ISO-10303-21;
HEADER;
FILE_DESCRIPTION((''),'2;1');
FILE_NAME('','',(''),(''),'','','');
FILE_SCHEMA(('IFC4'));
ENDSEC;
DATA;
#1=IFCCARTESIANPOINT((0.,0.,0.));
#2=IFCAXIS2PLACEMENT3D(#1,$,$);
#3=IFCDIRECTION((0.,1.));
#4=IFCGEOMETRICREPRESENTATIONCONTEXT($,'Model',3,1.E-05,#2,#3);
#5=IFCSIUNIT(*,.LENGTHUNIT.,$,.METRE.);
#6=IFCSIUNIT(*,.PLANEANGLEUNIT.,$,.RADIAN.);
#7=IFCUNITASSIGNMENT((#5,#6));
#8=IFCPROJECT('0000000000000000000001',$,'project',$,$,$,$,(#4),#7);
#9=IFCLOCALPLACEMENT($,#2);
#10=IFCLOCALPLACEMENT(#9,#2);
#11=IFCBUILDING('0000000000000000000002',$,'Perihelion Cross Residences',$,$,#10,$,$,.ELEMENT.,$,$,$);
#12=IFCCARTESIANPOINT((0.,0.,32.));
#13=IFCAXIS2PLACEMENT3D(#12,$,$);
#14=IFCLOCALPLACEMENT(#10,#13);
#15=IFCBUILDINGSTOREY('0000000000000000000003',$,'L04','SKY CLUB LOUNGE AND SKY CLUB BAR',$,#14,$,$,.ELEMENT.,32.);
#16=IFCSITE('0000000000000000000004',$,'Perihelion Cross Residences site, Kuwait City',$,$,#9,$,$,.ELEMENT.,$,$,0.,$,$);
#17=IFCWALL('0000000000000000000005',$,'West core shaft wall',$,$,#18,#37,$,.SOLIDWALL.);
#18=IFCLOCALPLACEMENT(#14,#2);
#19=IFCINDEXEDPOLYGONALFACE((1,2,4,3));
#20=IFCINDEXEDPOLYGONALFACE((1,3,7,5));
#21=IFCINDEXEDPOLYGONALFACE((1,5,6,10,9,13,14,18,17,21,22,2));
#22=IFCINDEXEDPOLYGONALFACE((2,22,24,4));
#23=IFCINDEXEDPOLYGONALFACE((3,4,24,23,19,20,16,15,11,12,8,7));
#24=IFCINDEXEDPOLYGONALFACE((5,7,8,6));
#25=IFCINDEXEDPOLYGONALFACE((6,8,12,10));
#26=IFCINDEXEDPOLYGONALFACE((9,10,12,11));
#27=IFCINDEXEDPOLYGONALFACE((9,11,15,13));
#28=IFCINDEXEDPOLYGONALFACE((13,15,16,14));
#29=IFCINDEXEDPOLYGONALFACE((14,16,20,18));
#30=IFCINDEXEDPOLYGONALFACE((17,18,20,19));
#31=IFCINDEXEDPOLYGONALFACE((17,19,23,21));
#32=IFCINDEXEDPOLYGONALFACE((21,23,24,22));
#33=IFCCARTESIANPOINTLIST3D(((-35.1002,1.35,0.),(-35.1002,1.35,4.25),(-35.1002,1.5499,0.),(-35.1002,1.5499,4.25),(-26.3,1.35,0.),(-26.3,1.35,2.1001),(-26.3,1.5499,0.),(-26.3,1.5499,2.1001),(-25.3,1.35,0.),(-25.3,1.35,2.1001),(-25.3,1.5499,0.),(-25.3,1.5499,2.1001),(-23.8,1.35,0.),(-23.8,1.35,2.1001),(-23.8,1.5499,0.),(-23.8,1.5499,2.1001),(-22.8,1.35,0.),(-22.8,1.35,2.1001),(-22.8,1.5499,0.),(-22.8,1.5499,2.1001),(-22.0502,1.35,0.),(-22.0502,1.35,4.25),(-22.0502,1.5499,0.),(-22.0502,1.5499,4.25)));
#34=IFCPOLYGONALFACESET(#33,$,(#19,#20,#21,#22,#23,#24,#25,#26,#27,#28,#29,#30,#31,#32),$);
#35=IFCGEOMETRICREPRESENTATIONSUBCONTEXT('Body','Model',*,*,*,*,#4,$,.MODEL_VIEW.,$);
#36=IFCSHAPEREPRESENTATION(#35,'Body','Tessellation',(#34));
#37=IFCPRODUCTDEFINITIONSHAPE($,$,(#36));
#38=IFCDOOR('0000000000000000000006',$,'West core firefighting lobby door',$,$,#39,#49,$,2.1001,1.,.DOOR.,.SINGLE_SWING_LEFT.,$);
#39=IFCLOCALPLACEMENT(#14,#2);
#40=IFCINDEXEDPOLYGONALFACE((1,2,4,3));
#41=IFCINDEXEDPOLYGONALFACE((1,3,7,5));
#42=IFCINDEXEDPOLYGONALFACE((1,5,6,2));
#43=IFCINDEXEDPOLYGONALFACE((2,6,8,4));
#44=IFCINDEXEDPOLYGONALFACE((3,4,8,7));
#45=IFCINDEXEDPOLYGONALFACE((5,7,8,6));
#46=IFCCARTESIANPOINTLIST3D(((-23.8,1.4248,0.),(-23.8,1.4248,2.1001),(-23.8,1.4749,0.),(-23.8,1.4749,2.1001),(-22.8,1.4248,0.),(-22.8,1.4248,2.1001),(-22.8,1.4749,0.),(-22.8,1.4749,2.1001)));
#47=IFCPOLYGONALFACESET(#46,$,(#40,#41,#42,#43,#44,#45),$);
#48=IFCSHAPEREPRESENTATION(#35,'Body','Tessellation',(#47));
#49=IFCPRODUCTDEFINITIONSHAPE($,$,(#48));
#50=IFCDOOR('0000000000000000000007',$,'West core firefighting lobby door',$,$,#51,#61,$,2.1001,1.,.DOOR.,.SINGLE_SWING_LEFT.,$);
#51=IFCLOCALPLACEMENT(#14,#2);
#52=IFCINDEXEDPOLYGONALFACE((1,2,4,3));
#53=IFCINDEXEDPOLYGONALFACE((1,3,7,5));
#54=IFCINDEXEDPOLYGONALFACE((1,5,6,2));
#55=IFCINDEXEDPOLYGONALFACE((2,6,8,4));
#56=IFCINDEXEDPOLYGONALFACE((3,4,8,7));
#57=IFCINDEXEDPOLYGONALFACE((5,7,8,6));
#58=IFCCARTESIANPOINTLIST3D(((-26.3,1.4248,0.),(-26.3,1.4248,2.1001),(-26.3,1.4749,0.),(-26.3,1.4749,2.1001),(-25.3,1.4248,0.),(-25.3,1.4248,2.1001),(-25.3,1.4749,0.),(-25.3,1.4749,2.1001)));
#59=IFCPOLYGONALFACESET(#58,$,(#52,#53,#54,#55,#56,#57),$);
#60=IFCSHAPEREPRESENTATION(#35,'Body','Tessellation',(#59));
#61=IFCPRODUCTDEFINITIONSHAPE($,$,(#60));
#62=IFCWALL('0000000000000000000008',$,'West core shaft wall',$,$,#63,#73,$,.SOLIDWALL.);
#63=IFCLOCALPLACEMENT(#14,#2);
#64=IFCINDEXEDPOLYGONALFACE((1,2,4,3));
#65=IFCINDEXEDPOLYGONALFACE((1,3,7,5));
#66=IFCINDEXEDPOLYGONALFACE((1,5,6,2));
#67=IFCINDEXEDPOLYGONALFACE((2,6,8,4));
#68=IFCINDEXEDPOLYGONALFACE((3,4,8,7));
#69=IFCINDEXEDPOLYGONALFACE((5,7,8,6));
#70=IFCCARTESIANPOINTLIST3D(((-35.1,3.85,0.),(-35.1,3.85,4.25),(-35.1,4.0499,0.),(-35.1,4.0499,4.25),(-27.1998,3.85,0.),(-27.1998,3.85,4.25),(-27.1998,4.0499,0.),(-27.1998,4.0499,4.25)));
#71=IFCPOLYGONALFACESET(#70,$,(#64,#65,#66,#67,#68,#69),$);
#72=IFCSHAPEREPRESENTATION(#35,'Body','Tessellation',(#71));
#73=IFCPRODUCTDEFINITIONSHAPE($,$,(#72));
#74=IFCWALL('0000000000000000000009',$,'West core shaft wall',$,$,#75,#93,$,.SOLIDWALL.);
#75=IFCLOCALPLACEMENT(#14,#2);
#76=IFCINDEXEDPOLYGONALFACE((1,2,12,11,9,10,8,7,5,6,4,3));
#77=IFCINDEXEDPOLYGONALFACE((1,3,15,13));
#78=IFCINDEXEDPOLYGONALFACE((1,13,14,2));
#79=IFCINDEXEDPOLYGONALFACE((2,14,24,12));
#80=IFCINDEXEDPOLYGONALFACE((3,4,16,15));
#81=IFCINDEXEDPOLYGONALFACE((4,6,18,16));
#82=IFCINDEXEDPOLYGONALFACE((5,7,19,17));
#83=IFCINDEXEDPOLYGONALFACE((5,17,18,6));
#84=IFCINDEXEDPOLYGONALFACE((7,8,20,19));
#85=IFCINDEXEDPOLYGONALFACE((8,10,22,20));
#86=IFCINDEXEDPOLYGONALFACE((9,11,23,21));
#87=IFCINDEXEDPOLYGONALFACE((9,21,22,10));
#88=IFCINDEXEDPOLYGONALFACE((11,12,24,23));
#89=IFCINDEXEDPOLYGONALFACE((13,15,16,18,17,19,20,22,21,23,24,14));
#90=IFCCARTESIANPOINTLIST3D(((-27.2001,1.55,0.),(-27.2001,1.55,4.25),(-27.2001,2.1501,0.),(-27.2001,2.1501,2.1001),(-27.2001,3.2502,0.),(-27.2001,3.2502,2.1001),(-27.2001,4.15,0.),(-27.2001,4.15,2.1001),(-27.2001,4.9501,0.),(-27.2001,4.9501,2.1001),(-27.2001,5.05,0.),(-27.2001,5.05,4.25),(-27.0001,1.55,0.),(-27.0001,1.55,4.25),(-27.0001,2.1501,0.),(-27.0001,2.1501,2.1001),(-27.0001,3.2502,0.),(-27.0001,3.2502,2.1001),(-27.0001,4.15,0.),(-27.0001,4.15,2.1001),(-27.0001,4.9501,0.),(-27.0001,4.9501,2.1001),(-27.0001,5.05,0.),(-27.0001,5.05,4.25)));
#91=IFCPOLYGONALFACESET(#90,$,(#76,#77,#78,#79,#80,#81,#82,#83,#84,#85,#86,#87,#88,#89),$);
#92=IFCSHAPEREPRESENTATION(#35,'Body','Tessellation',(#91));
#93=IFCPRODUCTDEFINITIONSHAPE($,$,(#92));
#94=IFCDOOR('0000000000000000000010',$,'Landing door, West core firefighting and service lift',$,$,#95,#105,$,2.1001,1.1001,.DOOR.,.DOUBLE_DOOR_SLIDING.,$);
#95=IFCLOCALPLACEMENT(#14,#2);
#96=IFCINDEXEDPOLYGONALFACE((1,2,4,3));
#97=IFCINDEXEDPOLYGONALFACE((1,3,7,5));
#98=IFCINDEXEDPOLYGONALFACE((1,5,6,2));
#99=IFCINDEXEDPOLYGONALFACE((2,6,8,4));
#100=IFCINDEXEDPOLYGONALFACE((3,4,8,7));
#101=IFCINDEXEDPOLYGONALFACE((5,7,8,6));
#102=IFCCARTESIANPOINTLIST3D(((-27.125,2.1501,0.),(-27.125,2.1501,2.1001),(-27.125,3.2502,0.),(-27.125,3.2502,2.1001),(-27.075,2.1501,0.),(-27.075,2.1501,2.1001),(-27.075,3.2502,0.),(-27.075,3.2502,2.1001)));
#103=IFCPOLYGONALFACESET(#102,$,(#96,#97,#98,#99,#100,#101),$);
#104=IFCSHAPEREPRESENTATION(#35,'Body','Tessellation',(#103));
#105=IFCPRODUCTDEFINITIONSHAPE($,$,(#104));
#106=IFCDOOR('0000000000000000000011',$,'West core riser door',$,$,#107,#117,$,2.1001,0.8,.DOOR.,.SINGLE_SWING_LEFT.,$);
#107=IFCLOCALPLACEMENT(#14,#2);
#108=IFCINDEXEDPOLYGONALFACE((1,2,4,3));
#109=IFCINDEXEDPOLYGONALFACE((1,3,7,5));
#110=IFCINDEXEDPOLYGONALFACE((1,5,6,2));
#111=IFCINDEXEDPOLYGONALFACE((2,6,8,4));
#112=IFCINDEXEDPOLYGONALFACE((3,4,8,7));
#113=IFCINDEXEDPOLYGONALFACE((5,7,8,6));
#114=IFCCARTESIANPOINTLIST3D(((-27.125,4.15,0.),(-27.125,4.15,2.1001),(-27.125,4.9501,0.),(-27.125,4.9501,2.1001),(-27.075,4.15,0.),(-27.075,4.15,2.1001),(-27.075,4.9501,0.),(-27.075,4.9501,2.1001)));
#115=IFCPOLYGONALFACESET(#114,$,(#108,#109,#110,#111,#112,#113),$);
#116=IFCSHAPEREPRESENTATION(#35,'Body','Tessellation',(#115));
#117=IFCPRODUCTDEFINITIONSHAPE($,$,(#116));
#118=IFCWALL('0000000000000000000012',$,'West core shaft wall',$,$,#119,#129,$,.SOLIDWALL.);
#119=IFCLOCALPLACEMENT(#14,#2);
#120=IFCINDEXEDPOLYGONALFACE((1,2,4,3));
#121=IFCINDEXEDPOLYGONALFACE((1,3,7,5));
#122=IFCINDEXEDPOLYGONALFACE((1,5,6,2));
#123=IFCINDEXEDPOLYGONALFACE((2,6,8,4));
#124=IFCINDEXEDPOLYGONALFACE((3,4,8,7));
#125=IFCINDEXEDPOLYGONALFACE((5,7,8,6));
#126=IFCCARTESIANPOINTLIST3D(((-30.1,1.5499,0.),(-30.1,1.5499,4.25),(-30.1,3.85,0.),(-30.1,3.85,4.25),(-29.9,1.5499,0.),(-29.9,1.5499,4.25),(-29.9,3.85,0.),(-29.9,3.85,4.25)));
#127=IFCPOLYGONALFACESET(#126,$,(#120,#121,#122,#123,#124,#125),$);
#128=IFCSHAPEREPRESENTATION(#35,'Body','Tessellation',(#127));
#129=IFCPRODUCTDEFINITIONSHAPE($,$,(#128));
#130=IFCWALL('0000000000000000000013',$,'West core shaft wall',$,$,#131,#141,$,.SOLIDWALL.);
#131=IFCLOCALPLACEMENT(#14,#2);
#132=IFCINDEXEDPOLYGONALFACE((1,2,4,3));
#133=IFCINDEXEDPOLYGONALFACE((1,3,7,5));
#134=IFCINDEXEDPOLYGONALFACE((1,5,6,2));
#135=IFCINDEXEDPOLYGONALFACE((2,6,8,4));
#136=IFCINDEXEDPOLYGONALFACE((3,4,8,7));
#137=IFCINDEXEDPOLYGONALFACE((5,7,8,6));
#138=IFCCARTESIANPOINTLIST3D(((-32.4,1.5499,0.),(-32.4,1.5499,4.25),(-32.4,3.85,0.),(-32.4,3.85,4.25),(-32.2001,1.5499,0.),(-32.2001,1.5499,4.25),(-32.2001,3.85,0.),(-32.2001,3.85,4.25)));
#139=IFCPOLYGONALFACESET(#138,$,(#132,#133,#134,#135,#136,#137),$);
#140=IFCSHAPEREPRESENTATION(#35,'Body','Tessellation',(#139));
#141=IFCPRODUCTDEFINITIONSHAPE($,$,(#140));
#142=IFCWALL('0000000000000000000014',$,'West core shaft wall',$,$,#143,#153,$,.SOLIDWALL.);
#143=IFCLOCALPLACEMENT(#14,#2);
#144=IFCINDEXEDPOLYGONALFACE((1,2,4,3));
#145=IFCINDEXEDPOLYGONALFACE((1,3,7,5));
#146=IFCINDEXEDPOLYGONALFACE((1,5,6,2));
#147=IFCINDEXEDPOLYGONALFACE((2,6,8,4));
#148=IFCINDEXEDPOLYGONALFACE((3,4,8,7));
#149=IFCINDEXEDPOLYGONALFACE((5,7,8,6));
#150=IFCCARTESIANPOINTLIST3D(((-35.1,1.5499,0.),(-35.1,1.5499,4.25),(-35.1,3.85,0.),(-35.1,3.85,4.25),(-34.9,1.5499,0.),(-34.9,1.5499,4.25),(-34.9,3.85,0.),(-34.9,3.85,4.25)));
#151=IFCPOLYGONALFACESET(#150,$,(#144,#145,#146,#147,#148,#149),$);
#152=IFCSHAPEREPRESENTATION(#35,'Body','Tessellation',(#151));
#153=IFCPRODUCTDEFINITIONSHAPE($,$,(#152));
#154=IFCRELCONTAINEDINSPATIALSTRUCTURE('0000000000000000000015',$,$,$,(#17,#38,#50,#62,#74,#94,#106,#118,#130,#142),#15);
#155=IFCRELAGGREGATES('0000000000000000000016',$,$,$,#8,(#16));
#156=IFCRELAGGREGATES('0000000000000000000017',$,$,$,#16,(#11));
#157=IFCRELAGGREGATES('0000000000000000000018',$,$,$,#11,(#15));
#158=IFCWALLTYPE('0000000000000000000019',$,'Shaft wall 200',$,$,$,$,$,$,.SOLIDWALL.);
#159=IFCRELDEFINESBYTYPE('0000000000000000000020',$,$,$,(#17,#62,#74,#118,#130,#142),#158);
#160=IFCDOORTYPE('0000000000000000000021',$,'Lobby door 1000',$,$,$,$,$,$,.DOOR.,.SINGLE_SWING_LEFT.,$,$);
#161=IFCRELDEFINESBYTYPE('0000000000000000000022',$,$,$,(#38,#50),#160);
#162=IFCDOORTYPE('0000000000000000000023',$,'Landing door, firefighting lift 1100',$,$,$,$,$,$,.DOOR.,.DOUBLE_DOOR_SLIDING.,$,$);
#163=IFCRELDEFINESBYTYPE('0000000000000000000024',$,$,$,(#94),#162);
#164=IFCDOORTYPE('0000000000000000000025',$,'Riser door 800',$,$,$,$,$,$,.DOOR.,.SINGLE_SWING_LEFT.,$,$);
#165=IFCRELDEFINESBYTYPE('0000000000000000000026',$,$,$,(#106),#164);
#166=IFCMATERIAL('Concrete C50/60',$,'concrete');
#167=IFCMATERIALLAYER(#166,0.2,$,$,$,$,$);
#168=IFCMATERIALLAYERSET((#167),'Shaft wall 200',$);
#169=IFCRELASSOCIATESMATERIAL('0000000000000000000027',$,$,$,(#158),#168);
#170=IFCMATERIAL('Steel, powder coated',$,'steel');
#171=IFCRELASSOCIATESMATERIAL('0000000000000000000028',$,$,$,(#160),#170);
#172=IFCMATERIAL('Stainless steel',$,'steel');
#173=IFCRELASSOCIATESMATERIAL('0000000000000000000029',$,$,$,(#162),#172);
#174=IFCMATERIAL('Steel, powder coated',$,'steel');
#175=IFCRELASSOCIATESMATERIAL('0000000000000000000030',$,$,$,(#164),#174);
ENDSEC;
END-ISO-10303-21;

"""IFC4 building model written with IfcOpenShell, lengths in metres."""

from ifc_helpers import new_model, si_unit, direction, frame, frame_2d, origin, place, context, subcontext, project, spatial, rectangle, extrude, material, layer, layer_set, type_object, element, fill, save


model = new_model("IFC4")

# Units and contexts
model_context = context("Model", 3, precision=1e-05, world=origin(), true_north=direction((0.0, 1.0)))
body_context = subcontext(model_context, "Body", "Model", "MODEL_VIEW")
ifc_project = project(units=[si_unit("LENGTHUNIT", "METRE"), si_unit("PLANEANGLEUNIT", "RADIAN")], contexts=[model_context])

# Site, building, storey
site_placement = place(None, origin())
site = spatial("IfcSite", under=ifc_project, at=site_placement, Name="Perihelion Cross Residences site, Kuwait City", CompositionType="ELEMENT", RefElevation=0.0)
building_placement = place(site_placement, origin())
building = spatial("IfcBuilding", under=site, at=building_placement, Name="Perihelion Cross Residences", CompositionType="ELEMENT")
storey_placement = place(building_placement, frame((0.0, 0.0, 32.0)))
storey = spatial("IfcBuildingStorey", under=building, at=storey_placement, Name="L04", Description="SKY CLUB LOUNGE AND SKY CLUB BAR", CompositionType="ELEMENT", Elevation=32.0)

# Wall, openings, doors
ifc_material_1 = material(Name="Concrete C50/60", Category="concrete")
ifc_layer_1 = layer(ifc_material_1, 0.2)
ifc_layer_set_1 = layer_set([ifc_layer_1], Name="Shaft wall 200")
wall_type_1 = type_object("IfcWallType", Name="Shaft wall 200", PredefinedType="SOLIDWALL", material=ifc_layer_set_1)
wall_1_placement = place(storey_placement, frame((-35.1001, 1.45, 0.0), z_axis=(0.0, 0.0, 1.0), x_axis=(1.0, 0.0, 0.0)))
wall_1 = element("IfcWall", 1, at=wall_1_placement, inside=storey, type_object=wall_type_1, Name="West core shaft wall", PredefinedType="SOLIDWALL", context=body_context, shape_type="SweptSolid", body=[
    extrude(rectangle(XDim=13.05, YDim=0.2, at=frame_2d((6.5249, 0.0))), origin(), (0.0, 0.0, 1.0), 4.25),
])
opening_1_placement = place(wall_1_placement, frame((11.3, 0.0, 0.0)))
opening_1 = element("IfcOpeningElement", 2, at=opening_1_placement, cuts=wall_1, PredefinedType="OPENING", context=body_context, shape_type="SweptSolid", body=[
    extrude(rectangle(XDim=1.0, YDim=2.1001, at=frame_2d((0.5, 1.05))), frame((0.0, 0.1099, 0.0), z_axis=(0.0, -1.0, 0.0), x_axis=(1.0, 0.0, 0.0)), (0.0, 0.0, 1.0), 0.22),
])
opening_2_placement = place(wall_1_placement, frame((8.8, 0.0, 0.0)))
opening_2 = element("IfcOpeningElement", 3, at=opening_2_placement, cuts=wall_1, PredefinedType="OPENING", context=body_context, shape_type="SweptSolid", body=[
    extrude(rectangle(XDim=1.0, YDim=2.1001, at=frame_2d((0.5, 1.05))), frame((0.0, 0.1099, 0.0), z_axis=(0.0, -1.0, 0.0), x_axis=(1.0, 0.0, 0.0)), (0.0, 0.0, 1.0), 0.22),
])
ifc_material_2 = material(Name="Steel, powder coated", Category="steel")
door_type_1 = type_object("IfcDoorType", Name="Lobby door 1000", OperationType="SINGLE_SWING_LEFT", PredefinedType="DOOR", material=ifc_material_2)
door_1_placement = place(opening_1_placement, origin())
door_1 = element("IfcDoor", 4, at=door_1_placement, inside=storey, type_object=door_type_1, Name="West core firefighting lobby door", OperationType="SINGLE_SWING_LEFT", OverallHeight=2.1001, OverallWidth=1.0, PredefinedType="DOOR", context=body_context, shape_type="SweptSolid", body=[
    extrude(rectangle(XDim=1.0, YDim=2.1001, at=frame_2d((0.5, 1.05))), frame((0.0, 0.0249, 0.0), z_axis=(0.0, -1.0, 0.0), x_axis=(1.0, 0.0, 0.0)), (0.0, 0.0, 1.0), 0.05),
])
fill(opening_1, door_1)
door_2_placement = place(opening_2_placement, origin())
door_2 = element("IfcDoor", 5, at=door_2_placement, inside=storey, type_object=door_type_1, Name="West core firefighting lobby door", OperationType="SINGLE_SWING_LEFT", OverallHeight=2.1001, OverallWidth=1.0, PredefinedType="DOOR", context=body_context, shape_type="SweptSolid", body=[
    extrude(rectangle(XDim=1.0, YDim=2.1001, at=frame_2d((0.5, 1.05))), frame((0.0, 0.0249, 0.0), z_axis=(0.0, -1.0, 0.0), x_axis=(1.0, 0.0, 0.0)), (0.0, 0.0, 1.0), 0.05),
])
fill(opening_2, door_2)

# Wall
wall_2_placement = place(storey_placement, frame((-35.1001, 3.95, 0.0), z_axis=(0.0, 0.0, 1.0), x_axis=(1.0, 0.0, 0.0)))
element("IfcWall", 6, at=wall_2_placement, inside=storey, type_object=wall_type_1, Name="West core shaft wall", PredefinedType="SOLIDWALL", context=body_context, shape_type="SweptSolid", body=[
    extrude(rectangle(XDim=7.9001, YDim=0.2, at=frame_2d((3.9502, 0.0))), origin(), (0.0, 0.0, 1.0), 4.25),
])

# Wall, openings, doors
wall_3_placement = place(storey_placement, frame((-27.1001, 1.55, 0.0), z_axis=(0.0, 0.0, 1.0), x_axis=(0.0, 1.0, 0.0)))
wall_3 = element("IfcWall", 7, at=wall_3_placement, inside=storey, type_object=wall_type_1, Name="West core shaft wall", PredefinedType="SOLIDWALL", context=body_context, shape_type="SweptSolid", body=[
    extrude(rectangle(XDim=3.5, YDim=0.2, at=frame_2d((1.75, 0.0))), origin(), (0.0, 0.0, 1.0), 4.25),
])
opening_3_placement = place(wall_3_placement, frame((0.6001, 0.0, 0.0)))
opening_3 = element("IfcOpeningElement", 8, at=opening_3_placement, cuts=wall_3, PredefinedType="OPENING", context=body_context, shape_type="SweptSolid", body=[
    extrude(rectangle(XDim=1.1001, YDim=2.1001, at=frame_2d((0.55, 1.05))), frame((0.0, 0.1099, 0.0), z_axis=(0.0, -1.0, 0.0), x_axis=(1.0, 0.0, 0.0)), (0.0, 0.0, 1.0), 0.22),
])
opening_4_placement = place(wall_3_placement, frame((2.6001, 0.0, 0.0)))
opening_4 = element("IfcOpeningElement", 9, at=opening_4_placement, cuts=wall_3, PredefinedType="OPENING", context=body_context, shape_type="SweptSolid", body=[
    extrude(rectangle(XDim=0.8, YDim=2.1001, at=frame_2d((0.3999, 1.05))), frame((0.0, 0.1099, 0.0), z_axis=(0.0, -1.0, 0.0), x_axis=(1.0, 0.0, 0.0)), (0.0, 0.0, 1.0), 0.22),
])
ifc_material_3 = material(Name="Stainless steel", Category="steel")
door_type_2 = type_object("IfcDoorType", Name="Landing door, firefighting lift 1100", OperationType="DOUBLE_DOOR_SLIDING", PredefinedType="DOOR", material=ifc_material_3)
door_3_placement = place(opening_3_placement, origin())
door_3 = element("IfcDoor", 10, at=door_3_placement, inside=storey, type_object=door_type_2, Name="Landing door, West core firefighting and service lift", OperationType="DOUBLE_DOOR_SLIDING", OverallHeight=2.1001, OverallWidth=1.1001, PredefinedType="DOOR", context=body_context, shape_type="SweptSolid", body=[
    extrude(rectangle(XDim=1.1001, YDim=2.1001, at=frame_2d((0.55, 1.05))), frame((0.0, 0.0249, 0.0), z_axis=(0.0, -1.0, 0.0), x_axis=(1.0, 0.0, 0.0)), (0.0, 0.0, 1.0), 0.05),
])
fill(opening_3, door_3)
ifc_material_4 = material(Name="Steel, powder coated", Category="steel")
door_type_3 = type_object("IfcDoorType", Name="Riser door 800", OperationType="SINGLE_SWING_LEFT", PredefinedType="DOOR", material=ifc_material_4)
door_4_placement = place(opening_4_placement, origin())
door_4 = element("IfcDoor", 11, at=door_4_placement, inside=storey, type_object=door_type_3, Name="West core riser door", OperationType="SINGLE_SWING_LEFT", OverallHeight=2.1001, OverallWidth=0.8, PredefinedType="DOOR", context=body_context, shape_type="SweptSolid", body=[
    extrude(rectangle(XDim=0.8, YDim=2.1001, at=frame_2d((0.3999, 1.05))), frame((0.0, 0.0249, 0.0), z_axis=(0.0, -1.0, 0.0), x_axis=(1.0, 0.0, 0.0)), (0.0, 0.0, 1.0), 0.05),
])
fill(opening_4, door_4)

# Walls
for number, where, z_axis, x_axis, name in (
    (12, (-30.0, 1.55, 0.0), (0.0, 0.0, 1.0), (0.0, 1.0, 0.0), "West core shaft wall"),
    (13, (-32.3, 1.55, 0.0), (0.0, 0.0, 1.0), (0.0, 1.0, 0.0), "West core shaft wall"),
    (14, (-35.0, 1.55, 0.0), (0.0, 0.0, 1.0), (0.0, 1.0, 0.0), "West core shaft wall"),
):
    element("IfcWall", number, at=place(storey_placement, frame(where, z_axis=z_axis, x_axis=x_axis)), inside=storey, type_object=wall_type_1, Name=name, PredefinedType="SOLIDWALL", context=body_context, shape_type="SweptSolid", body=[
        extrude(rectangle(XDim=2.3, YDim=0.2, at=frame_2d((1.1499, 0.0))), origin(), (0.0, 0.0, 1.0), 4.25),
    ])

save(model, "model.ifc")
